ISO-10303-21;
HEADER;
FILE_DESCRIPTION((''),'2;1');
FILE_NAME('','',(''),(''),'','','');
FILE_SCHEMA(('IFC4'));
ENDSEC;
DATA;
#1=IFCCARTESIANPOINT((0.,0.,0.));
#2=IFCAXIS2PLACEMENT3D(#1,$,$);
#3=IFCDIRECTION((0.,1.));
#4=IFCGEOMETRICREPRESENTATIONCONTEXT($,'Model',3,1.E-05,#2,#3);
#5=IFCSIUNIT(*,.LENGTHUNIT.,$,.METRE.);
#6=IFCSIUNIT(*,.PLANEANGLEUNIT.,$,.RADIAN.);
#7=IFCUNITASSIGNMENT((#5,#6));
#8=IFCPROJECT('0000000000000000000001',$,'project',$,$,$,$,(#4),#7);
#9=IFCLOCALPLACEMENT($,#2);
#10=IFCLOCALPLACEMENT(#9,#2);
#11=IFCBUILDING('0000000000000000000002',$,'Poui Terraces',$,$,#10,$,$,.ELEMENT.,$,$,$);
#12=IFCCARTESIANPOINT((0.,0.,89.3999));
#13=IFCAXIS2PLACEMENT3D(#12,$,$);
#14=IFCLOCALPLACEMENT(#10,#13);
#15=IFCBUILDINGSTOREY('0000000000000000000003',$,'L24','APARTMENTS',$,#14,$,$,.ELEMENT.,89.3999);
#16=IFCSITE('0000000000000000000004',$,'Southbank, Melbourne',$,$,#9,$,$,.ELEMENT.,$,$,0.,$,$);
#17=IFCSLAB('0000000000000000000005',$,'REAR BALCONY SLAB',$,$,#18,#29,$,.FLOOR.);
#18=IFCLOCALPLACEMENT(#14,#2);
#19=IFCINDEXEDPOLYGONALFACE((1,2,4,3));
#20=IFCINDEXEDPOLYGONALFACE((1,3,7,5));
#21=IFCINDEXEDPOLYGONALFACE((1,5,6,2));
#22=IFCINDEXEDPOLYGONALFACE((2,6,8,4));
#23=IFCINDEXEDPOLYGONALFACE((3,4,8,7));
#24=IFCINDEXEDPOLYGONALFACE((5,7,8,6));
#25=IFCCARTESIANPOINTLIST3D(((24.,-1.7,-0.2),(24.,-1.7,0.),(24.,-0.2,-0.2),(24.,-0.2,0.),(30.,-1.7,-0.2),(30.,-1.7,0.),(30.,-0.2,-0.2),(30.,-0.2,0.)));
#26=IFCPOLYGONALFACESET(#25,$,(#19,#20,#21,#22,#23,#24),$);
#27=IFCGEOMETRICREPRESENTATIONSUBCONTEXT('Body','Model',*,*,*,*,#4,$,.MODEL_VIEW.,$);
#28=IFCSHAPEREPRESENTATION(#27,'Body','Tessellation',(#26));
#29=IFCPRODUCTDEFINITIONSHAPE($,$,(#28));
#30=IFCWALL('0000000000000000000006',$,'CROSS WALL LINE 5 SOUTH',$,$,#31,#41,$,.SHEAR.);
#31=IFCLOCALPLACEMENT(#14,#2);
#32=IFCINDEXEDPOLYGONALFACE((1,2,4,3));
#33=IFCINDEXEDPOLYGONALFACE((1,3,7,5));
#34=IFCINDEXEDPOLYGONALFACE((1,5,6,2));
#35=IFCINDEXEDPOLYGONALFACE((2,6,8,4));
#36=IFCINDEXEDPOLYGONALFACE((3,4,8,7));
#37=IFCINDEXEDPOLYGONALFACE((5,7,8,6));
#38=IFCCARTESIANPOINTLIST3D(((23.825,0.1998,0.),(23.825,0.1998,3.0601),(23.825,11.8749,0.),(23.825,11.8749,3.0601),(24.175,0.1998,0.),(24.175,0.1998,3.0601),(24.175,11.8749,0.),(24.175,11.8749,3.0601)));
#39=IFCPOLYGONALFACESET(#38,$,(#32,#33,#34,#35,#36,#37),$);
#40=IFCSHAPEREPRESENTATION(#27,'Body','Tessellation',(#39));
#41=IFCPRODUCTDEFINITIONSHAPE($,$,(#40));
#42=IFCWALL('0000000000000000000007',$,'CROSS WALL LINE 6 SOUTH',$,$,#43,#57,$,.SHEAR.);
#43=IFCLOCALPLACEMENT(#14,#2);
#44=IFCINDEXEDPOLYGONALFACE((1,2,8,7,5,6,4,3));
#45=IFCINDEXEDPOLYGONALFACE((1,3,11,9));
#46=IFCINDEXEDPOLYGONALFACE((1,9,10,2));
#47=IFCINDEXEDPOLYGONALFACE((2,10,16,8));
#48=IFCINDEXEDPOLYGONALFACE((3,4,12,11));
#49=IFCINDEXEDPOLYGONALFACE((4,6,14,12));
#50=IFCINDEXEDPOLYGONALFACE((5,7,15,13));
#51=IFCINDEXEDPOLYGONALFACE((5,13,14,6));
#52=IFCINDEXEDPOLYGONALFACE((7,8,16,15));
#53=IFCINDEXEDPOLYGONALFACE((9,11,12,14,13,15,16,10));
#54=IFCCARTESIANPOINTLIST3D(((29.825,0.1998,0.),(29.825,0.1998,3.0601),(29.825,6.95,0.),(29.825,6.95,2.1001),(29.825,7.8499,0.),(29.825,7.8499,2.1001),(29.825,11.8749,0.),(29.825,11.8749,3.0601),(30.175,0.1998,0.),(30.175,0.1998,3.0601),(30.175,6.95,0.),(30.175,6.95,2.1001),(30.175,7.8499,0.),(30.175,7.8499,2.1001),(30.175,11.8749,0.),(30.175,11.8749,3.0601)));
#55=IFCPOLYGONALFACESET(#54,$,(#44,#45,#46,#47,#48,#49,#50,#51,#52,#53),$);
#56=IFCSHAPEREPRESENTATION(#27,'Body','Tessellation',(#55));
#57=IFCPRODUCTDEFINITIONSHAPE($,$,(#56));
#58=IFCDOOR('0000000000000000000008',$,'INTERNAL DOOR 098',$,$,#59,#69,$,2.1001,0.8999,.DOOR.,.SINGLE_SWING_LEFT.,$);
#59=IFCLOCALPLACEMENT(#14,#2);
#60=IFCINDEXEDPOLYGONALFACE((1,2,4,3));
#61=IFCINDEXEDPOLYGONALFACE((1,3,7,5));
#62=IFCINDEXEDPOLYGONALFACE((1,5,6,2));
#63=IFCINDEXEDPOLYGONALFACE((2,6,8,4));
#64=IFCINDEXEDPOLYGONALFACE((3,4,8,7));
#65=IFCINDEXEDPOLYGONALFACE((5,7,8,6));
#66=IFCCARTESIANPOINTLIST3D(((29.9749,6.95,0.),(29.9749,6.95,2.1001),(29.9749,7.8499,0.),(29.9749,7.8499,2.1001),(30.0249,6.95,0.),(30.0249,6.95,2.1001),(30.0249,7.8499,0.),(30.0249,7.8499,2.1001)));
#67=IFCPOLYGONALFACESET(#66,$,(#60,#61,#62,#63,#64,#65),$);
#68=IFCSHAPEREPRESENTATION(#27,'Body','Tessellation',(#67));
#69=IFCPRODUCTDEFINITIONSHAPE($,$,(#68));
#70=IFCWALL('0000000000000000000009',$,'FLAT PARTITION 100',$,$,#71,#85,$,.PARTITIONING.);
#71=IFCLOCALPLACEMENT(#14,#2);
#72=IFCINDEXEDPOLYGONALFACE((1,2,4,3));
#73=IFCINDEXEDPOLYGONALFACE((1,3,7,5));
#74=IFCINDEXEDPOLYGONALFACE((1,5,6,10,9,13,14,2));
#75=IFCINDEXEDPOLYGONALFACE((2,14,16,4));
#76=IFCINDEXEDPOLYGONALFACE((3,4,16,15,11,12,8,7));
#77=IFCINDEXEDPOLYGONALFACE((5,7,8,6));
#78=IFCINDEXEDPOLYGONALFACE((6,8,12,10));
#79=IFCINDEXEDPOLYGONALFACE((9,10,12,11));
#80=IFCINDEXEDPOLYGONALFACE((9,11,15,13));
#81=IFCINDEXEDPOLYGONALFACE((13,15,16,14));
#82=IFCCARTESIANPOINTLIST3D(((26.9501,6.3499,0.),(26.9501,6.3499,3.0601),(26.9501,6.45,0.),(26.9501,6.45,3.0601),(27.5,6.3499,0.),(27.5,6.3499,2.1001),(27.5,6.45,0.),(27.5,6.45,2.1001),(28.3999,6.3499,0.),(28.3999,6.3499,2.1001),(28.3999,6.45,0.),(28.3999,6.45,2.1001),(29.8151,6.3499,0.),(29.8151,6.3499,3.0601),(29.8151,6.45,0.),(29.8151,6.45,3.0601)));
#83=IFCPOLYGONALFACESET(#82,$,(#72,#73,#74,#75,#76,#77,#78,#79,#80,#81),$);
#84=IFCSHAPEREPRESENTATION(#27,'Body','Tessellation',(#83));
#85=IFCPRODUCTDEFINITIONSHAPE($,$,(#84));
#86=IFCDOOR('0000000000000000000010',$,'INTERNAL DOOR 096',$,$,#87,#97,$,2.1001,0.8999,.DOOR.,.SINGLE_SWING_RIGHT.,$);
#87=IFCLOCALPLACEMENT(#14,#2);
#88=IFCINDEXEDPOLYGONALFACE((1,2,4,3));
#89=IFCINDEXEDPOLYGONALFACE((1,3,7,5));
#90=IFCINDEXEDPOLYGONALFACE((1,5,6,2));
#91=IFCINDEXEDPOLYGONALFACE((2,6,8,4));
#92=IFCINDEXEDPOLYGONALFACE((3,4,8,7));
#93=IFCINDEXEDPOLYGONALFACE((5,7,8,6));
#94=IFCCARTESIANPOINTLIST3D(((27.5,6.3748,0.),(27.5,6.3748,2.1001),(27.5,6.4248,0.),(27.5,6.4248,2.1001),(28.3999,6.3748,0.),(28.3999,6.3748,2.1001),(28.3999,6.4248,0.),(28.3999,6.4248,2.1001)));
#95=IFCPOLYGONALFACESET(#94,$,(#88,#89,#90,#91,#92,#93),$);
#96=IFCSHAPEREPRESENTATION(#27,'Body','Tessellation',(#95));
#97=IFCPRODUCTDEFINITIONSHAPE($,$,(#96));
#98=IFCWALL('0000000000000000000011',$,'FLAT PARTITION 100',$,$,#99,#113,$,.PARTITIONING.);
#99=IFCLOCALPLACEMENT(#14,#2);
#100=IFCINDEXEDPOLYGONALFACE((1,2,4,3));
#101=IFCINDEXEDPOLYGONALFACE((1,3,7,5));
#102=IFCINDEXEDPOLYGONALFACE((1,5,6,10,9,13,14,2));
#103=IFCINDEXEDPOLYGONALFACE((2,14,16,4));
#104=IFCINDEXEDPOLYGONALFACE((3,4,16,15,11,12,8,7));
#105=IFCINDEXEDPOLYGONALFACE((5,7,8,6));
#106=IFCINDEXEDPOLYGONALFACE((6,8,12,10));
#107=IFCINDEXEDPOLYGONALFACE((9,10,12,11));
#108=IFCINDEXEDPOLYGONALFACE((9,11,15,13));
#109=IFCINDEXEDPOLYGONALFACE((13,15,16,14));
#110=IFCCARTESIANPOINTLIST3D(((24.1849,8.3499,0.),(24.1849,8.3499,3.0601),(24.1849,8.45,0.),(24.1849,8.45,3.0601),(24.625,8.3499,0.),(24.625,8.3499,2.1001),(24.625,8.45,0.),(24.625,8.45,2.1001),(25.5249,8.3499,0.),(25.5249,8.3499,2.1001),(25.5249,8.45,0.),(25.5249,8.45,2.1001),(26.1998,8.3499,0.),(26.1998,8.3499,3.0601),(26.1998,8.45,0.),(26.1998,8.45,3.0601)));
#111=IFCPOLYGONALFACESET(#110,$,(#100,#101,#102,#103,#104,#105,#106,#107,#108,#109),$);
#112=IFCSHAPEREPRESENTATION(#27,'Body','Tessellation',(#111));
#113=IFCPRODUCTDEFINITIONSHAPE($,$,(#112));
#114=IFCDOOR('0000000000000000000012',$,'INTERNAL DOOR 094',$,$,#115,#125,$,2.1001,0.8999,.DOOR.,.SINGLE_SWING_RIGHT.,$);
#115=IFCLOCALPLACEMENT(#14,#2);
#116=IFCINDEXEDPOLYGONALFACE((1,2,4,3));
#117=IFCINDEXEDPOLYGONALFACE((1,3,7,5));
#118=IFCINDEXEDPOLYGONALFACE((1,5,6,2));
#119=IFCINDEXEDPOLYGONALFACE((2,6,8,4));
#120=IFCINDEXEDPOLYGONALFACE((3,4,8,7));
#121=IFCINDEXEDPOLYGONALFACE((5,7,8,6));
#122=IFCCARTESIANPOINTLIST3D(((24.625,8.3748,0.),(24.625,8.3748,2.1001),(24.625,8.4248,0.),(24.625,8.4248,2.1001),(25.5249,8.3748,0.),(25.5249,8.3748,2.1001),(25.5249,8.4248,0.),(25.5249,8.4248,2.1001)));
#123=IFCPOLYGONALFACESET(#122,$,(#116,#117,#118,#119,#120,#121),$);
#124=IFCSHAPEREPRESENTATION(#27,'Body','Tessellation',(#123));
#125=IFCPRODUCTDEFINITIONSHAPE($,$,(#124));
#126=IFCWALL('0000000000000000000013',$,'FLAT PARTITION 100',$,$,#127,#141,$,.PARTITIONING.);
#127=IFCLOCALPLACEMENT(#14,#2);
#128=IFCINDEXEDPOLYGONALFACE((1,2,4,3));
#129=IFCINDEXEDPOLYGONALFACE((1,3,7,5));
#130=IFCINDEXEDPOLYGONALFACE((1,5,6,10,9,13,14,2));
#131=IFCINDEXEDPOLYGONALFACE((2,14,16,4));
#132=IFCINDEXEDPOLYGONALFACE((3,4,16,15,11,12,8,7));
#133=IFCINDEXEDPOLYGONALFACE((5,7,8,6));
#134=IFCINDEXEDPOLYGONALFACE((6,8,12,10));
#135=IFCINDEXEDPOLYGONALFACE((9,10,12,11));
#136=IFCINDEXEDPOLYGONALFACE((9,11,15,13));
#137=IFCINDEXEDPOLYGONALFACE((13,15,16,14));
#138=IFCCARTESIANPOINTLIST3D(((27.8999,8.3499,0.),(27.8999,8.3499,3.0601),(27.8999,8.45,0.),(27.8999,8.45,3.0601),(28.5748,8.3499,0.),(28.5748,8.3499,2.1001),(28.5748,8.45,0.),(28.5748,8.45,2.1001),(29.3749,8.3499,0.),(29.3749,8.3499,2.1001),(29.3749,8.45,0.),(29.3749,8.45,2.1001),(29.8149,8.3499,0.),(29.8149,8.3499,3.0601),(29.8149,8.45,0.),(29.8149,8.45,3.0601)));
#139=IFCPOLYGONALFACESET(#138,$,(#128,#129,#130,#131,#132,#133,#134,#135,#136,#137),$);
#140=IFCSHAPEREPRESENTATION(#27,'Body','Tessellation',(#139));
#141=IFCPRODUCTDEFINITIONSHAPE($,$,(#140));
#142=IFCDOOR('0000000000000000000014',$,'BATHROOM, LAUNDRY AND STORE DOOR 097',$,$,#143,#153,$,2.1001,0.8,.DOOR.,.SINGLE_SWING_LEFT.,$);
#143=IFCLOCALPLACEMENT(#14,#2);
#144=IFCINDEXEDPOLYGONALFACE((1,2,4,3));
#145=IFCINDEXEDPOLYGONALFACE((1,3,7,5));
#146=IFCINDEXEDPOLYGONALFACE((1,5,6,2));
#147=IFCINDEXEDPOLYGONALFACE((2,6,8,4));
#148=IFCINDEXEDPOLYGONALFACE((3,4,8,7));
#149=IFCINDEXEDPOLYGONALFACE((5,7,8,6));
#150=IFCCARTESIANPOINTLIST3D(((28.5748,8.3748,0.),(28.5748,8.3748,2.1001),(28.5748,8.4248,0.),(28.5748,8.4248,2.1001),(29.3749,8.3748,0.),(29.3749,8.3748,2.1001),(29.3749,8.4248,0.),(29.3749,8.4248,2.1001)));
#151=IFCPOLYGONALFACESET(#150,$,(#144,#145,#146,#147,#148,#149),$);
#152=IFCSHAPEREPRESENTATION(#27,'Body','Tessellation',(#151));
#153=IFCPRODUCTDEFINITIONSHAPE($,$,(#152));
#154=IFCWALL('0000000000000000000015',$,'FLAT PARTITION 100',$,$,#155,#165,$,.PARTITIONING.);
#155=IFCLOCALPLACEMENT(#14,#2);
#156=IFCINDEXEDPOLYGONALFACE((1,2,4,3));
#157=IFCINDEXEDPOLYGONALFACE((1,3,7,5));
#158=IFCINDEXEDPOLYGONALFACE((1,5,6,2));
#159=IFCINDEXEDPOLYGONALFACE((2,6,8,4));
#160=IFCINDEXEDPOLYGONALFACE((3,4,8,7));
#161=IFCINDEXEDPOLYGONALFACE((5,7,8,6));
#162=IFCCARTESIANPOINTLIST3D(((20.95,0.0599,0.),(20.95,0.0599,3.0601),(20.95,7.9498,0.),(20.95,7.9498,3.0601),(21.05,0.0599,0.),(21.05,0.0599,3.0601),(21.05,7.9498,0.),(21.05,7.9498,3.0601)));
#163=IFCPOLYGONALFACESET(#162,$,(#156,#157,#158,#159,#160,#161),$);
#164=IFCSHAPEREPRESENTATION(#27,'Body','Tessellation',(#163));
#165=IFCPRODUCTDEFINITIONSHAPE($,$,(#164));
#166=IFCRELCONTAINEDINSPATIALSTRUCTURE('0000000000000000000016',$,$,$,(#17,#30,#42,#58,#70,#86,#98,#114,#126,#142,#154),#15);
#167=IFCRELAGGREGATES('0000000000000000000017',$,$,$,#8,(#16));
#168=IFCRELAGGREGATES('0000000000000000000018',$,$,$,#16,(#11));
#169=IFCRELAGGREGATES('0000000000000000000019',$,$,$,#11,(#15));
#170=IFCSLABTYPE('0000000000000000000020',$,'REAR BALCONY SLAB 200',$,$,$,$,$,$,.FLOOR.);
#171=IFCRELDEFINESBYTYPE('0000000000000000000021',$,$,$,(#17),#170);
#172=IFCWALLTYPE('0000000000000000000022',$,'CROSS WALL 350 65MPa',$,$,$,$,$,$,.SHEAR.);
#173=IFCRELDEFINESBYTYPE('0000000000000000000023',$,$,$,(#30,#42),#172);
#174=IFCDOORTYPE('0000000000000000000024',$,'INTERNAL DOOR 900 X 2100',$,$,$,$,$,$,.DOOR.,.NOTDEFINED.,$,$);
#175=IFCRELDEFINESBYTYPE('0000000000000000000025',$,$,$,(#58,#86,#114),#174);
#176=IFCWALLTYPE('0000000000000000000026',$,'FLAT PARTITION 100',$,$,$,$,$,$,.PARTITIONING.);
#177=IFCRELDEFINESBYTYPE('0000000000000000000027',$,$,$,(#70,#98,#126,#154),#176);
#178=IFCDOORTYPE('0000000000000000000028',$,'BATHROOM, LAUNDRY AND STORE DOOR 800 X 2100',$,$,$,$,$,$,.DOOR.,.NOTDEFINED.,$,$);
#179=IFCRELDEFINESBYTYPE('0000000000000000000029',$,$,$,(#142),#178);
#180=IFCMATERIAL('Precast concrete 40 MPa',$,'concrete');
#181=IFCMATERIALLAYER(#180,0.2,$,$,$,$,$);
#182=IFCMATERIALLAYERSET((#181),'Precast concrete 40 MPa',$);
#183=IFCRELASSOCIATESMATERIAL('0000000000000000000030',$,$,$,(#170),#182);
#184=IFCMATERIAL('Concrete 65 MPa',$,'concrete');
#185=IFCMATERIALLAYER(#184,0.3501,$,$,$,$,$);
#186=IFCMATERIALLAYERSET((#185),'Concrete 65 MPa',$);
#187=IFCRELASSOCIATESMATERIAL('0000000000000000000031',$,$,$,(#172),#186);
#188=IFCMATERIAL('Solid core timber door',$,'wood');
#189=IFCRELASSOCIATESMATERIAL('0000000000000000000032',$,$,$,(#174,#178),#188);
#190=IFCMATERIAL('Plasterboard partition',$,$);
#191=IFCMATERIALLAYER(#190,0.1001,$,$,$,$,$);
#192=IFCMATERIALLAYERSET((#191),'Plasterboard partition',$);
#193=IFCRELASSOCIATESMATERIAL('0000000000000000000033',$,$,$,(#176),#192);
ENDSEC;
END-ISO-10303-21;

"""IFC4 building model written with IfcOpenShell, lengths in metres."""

from ifc_helpers import new_model, si_unit, direction, frame, frame_2d, origin, place, context, subcontext, project, spatial, polyline, rectangle, outline, extrude, source, transform, mapped, material, layer, layer_set, type_object, element, fill, save


model = new_model("IFC4")

# Units and contexts
model_context = context("Model", 3, precision=1e-05, world=origin(), true_north=direction((0.0, 1.0)))
body_context = subcontext(model_context, "Body", "Model", "MODEL_VIEW")
ifc_project = project(units=[si_unit("LENGTHUNIT", "METRE"), si_unit("PLANEANGLEUNIT", "RADIAN")], contexts=[model_context])

# Site, building, storey
site_placement = place(None, origin())
site = spatial("IfcSite", under=ifc_project, at=site_placement, Name="Southbank, Melbourne", CompositionType="ELEMENT", RefElevation=0.0)
building_placement = place(site_placement, origin())
building = spatial("IfcBuilding", under=site, at=building_placement, Name="Poui Terraces", CompositionType="ELEMENT")
storey_placement = place(building_placement, frame((0.0, 0.0, 89.3999)))
storey = spatial("IfcBuildingStorey", under=building, at=storey_placement, Name="L24", Description="APARTMENTS", CompositionType="ELEMENT", Elevation=89.3999)

# Slab
ifc_material_1 = material(Name="Precast concrete 40 MPa", Category="concrete")
ifc_layer_1 = layer(ifc_material_1, 0.2)
ifc_layer_set_1 = layer_set([ifc_layer_1], Name="Precast concrete 40 MPa")
slab_type = type_object("IfcSlabType", Name="REAR BALCONY SLAB 200", PredefinedType="FLOOR", material=ifc_layer_set_1)
shared_shape_1 = source(origin(), body_context, "Body", "SweptSolid", [
    extrude(outline(polyline([(0.0, 0.0), (6.0, 0.0), (6.0, 1.5), (0.0, 1.5), (0.0, 0.0)])), origin(), (0.0, 0.0, 1.0), 0.2),
])
slab_placement = place(storey_placement, frame((24.0, -1.7, -0.2)))
element("IfcSlab", 1, at=slab_placement, inside=storey, type_object=slab_type, Name="REAR BALCONY SLAB", PredefinedType="FLOOR", context=body_context, shape_type="MappedRepresentation", body=[
    mapped(shared_shape_1, transform((0.0, 0.0, 0.0))),
])

# Wall
ifc_material_2 = material(Name="Concrete 65 MPa", Category="concrete")
ifc_layer_2 = layer(ifc_material_2, 0.3501)
ifc_layer_set_2 = layer_set([ifc_layer_2], Name="Concrete 65 MPa")
wall_type_1 = type_object("IfcWallType", Name="CROSS WALL 350 65MPa", PredefinedType="SHEAR", material=ifc_layer_set_2)
wall_1_placement = place(storey_placement, frame((24.0, 0.2, 0.0), z_axis=(0.0, 0.0, 1.0), x_axis=(0.0, 1.0, 0.0)))
element("IfcWall", 2, at=wall_1_placement, inside=storey, type_object=wall_type_1, Name="CROSS WALL LINE 5 SOUTH", PredefinedType="SHEAR", context=body_context, shape_type="SweptSolid", body=[
    extrude(rectangle(XDim=11.675, YDim=0.3501, at=frame_2d((5.8374, 0.0))), origin(), (0.0, 0.0, 1.0), 3.0601),
])

# Walls, openings, doors
wall_2_placement = place(storey_placement, frame((30.0, 0.2, 0.0), z_axis=(0.0, 0.0, 1.0), x_axis=(0.0, 1.0, 0.0)))
wall_2 = element("IfcWall", 3, at=wall_2_placement, inside=storey, type_object=wall_type_1, Name="CROSS WALL LINE 6 SOUTH", PredefinedType="SHEAR", context=body_context, shape_type="SweptSolid", body=[
    extrude(rectangle(XDim=11.675, YDim=0.3501, at=frame_2d((5.8374, 0.0))), origin(), (0.0, 0.0, 1.0), 3.0601),
])
opening_1_placement = place(wall_2_placement, frame((6.75, 0.0, 0.0)))
opening_1 = element("IfcOpeningElement", 4, at=opening_1_placement, cuts=wall_2, PredefinedType="OPENING", context=body_context, shape_type="SweptSolid", body=[
    extrude(rectangle(XDim=0.8999, YDim=2.1001, at=frame_2d((0.45, 1.05))), frame((0.0, 0.1851, 0.0), z_axis=(0.0, -1.0, 0.0), x_axis=(1.0, 0.0, 0.0)), (0.0, 0.0, 1.0), 0.3701),
])
ifc_material_3 = material(Name="Solid core timber door", Category="wood")
door_type_1 = type_object("IfcDoorType", Name="INTERNAL DOOR 900 X 2100", OperationType="NOTDEFINED", PredefinedType="DOOR", material=ifc_material_3)
door_1_placement = place(opening_1_placement, frame((0.8999, 0.0, 0.0), z_axis=(0.0, 0.0, 1.0), x_axis=(-1.0, 0.0, 0.0)))
door_1 = element("IfcDoor", 5, at=door_1_placement, inside=storey, type_object=door_type_1, Name="INTERNAL DOOR 098", OperationType="SINGLE_SWING_LEFT", OverallHeight=2.1001, OverallWidth=0.8999, PredefinedType="DOOR", context=body_context, shape_type="SweptSolid", body=[
    extrude(rectangle(XDim=0.8999, YDim=2.1001, at=frame_2d((0.45, 1.05))), frame((0.0, 0.0249, 0.0), z_axis=(0.0, -1.0, 0.0), x_axis=(1.0, 0.0, 0.0)), (0.0, 0.0, 1.0), 0.05),
])
fill(opening_1, door_1)
ifc_material_4 = material(Name="Plasterboard partition")
ifc_layer_3 = layer(ifc_material_4, 0.1001)
ifc_layer_set_3 = layer_set([ifc_layer_3], Name="Plasterboard partition")
wall_type_2 = type_object("IfcWallType", Name="FLAT PARTITION 100", PredefinedType="PARTITIONING", material=ifc_layer_set_3)
wall_3_placement = place(storey_placement, frame((26.95, 6.3999, 0.0), z_axis=(0.0, 0.0, 1.0), x_axis=(1.0, 0.0, 0.0)))
wall_3 = element("IfcWall", 6, at=wall_3_placement, inside=storey, type_object=wall_type_2, Name="FLAT PARTITION 100", PredefinedType="PARTITIONING", context=body_context, shape_type="SweptSolid", body=[
    extrude(rectangle(XDim=2.865, YDim=0.1001, at=frame_2d((1.4326, 0.0))), origin(), (0.0, 0.0, 1.0), 3.0601),
])
opening_2_placement = place(wall_3_placement, frame((0.55, 0.0, 0.0)))
opening_2 = element("IfcOpeningElement", 7, at=opening_2_placement, cuts=wall_3, PredefinedType="OPENING", context=body_context, shape_type="SweptSolid", body=[
    extrude(rectangle(XDim=0.8999, YDim=2.1001, at=frame_2d((0.45, 1.05))), frame((0.0, 0.0601, 0.0), z_axis=(0.0, -1.0, 0.0), x_axis=(1.0, 0.0, 0.0)), (0.0, 0.0, 1.0), 0.1201),
])
door_2_placement = place(opening_2_placement, origin())
door_2 = element("IfcDoor", 8, at=door_2_placement, inside=storey, type_object=door_type_1, Name="INTERNAL DOOR 096", OperationType="SINGLE_SWING_RIGHT", OverallHeight=2.1001, OverallWidth=0.8999, PredefinedType="DOOR", context=body_context, shape_type="SweptSolid", body=[
    extrude(rectangle(XDim=0.8999, YDim=2.1001, at=frame_2d((0.45, 1.05))), frame((0.0, 0.0249, 0.0), z_axis=(0.0, -1.0, 0.0), x_axis=(1.0, 0.0, 0.0)), (0.0, 0.0, 1.0), 0.05),
])
fill(opening_2, door_2)
wall_4_placement = place(storey_placement, frame((24.1851, 8.3999, 0.0), z_axis=(0.0, 0.0, 1.0), x_axis=(1.0, 0.0, 0.0)))
wall_4 = element("IfcWall", 9, at=wall_4_placement, inside=storey, type_object=wall_type_2, Name="FLAT PARTITION 100", PredefinedType="PARTITIONING", context=body_context, shape_type="SweptSolid", body=[
    extrude(rectangle(XDim=2.0149, YDim=0.1001, at=frame_2d((1.0073, 0.0))), origin(), (0.0, 0.0, 1.0), 3.0601),
])
opening_3_placement = place(wall_4_placement, frame((0.4399, 0.0, 0.0)))
opening_3 = element("IfcOpeningElement", 10, at=opening_3_placement, cuts=wall_4, PredefinedType="OPENING", context=body_context, shape_type="SweptSolid", body=[
    extrude(rectangle(XDim=0.8999, YDim=2.1001, at=frame_2d((0.45, 1.05))), frame((0.0, 0.0601, 0.0), z_axis=(0.0, -1.0, 0.0), x_axis=(1.0, 0.0, 0.0)), (0.0, 0.0, 1.0), 0.1201),
])
door_3_placement = place(opening_3_placement, origin())
door_3 = element("IfcDoor", 11, at=door_3_placement, inside=storey, type_object=door_type_1, Name="INTERNAL DOOR 094", OperationType="SINGLE_SWING_RIGHT", OverallHeight=2.1001, OverallWidth=0.8999, PredefinedType="DOOR", context=body_context, shape_type="SweptSolid", body=[
    extrude(rectangle(XDim=0.8999, YDim=2.1001, at=frame_2d((0.45, 1.05))), frame((0.0, 0.0249, 0.0), z_axis=(0.0, -1.0, 0.0), x_axis=(1.0, 0.0, 0.0)), (0.0, 0.0, 1.0), 0.05),
])
fill(opening_3, door_3)
wall_5_placement = place(storey_placement, frame((27.8999, 8.3999, 0.0), z_axis=(0.0, 0.0, 1.0), x_axis=(1.0, 0.0, 0.0)))
wall_5 = element("IfcWall", 12, at=wall_5_placement, inside=storey, type_object=wall_type_2, Name="FLAT PARTITION 100", PredefinedType="PARTITIONING", context=body_context, shape_type="SweptSolid", body=[
    extrude(rectangle(XDim=1.915, YDim=0.1001, at=frame_2d((0.9575, 0.0))), origin(), (0.0, 0.0, 1.0), 3.0601),
])
opening_4_placement = place(wall_5_placement, frame((0.675, 0.0, 0.0)))
opening_4 = element("IfcOpeningElement", 13, at=opening_4_placement, cuts=wall_5, PredefinedType="OPENING", context=body_context, shape_type="SweptSolid", body=[
    extrude(rectangle(XDim=0.8, YDim=2.1001, at=frame_2d((0.3999, 1.05))), frame((0.0, 0.0601, 0.0), z_axis=(0.0, -1.0, 0.0), x_axis=(1.0, 0.0, 0.0)), (0.0, 0.0, 1.0), 0.1201),
])
door_type_2 = type_object("IfcDoorType", Name="BATHROOM, LAUNDRY AND STORE DOOR 800 X 2100", OperationType="NOTDEFINED", PredefinedType="DOOR", material=ifc_material_3)
door_4_placement = place(opening_4_placement, origin())
door_4 = element("IfcDoor", 14, at=door_4_placement, inside=storey, type_object=door_type_2, Name="BATHROOM, LAUNDRY AND STORE DOOR 097", OperationType="SINGLE_SWING_LEFT", OverallHeight=2.1001, OverallWidth=0.8, PredefinedType="DOOR", context=body_context, shape_type="SweptSolid", body=[
    extrude(rectangle(XDim=0.8, YDim=2.1001, at=frame_2d((0.3999, 1.05))), frame((0.0, 0.0249, 0.0), z_axis=(0.0, -1.0, 0.0), x_axis=(1.0, 0.0, 0.0)), (0.0, 0.0, 1.0), 0.05),
])
fill(opening_4, door_4)

# Wall
wall_6_placement = place(storey_placement, frame((21.0, 0.0601, 0.0), z_axis=(0.0, 0.0, 1.0), x_axis=(0.0, 1.0, 0.0)))
element("IfcWall", 15, at=wall_6_placement, inside=storey, type_object=wall_type_2, Name="FLAT PARTITION 100", PredefinedType="PARTITIONING", context=body_context, shape_type="SweptSolid", body=[
    extrude(rectangle(XDim=7.8899, YDim=0.1001, at=frame_2d((3.9448, 0.0))), origin(), (0.0, 0.0, 1.0), 3.0601),
])

save(model, "model.ifc")
